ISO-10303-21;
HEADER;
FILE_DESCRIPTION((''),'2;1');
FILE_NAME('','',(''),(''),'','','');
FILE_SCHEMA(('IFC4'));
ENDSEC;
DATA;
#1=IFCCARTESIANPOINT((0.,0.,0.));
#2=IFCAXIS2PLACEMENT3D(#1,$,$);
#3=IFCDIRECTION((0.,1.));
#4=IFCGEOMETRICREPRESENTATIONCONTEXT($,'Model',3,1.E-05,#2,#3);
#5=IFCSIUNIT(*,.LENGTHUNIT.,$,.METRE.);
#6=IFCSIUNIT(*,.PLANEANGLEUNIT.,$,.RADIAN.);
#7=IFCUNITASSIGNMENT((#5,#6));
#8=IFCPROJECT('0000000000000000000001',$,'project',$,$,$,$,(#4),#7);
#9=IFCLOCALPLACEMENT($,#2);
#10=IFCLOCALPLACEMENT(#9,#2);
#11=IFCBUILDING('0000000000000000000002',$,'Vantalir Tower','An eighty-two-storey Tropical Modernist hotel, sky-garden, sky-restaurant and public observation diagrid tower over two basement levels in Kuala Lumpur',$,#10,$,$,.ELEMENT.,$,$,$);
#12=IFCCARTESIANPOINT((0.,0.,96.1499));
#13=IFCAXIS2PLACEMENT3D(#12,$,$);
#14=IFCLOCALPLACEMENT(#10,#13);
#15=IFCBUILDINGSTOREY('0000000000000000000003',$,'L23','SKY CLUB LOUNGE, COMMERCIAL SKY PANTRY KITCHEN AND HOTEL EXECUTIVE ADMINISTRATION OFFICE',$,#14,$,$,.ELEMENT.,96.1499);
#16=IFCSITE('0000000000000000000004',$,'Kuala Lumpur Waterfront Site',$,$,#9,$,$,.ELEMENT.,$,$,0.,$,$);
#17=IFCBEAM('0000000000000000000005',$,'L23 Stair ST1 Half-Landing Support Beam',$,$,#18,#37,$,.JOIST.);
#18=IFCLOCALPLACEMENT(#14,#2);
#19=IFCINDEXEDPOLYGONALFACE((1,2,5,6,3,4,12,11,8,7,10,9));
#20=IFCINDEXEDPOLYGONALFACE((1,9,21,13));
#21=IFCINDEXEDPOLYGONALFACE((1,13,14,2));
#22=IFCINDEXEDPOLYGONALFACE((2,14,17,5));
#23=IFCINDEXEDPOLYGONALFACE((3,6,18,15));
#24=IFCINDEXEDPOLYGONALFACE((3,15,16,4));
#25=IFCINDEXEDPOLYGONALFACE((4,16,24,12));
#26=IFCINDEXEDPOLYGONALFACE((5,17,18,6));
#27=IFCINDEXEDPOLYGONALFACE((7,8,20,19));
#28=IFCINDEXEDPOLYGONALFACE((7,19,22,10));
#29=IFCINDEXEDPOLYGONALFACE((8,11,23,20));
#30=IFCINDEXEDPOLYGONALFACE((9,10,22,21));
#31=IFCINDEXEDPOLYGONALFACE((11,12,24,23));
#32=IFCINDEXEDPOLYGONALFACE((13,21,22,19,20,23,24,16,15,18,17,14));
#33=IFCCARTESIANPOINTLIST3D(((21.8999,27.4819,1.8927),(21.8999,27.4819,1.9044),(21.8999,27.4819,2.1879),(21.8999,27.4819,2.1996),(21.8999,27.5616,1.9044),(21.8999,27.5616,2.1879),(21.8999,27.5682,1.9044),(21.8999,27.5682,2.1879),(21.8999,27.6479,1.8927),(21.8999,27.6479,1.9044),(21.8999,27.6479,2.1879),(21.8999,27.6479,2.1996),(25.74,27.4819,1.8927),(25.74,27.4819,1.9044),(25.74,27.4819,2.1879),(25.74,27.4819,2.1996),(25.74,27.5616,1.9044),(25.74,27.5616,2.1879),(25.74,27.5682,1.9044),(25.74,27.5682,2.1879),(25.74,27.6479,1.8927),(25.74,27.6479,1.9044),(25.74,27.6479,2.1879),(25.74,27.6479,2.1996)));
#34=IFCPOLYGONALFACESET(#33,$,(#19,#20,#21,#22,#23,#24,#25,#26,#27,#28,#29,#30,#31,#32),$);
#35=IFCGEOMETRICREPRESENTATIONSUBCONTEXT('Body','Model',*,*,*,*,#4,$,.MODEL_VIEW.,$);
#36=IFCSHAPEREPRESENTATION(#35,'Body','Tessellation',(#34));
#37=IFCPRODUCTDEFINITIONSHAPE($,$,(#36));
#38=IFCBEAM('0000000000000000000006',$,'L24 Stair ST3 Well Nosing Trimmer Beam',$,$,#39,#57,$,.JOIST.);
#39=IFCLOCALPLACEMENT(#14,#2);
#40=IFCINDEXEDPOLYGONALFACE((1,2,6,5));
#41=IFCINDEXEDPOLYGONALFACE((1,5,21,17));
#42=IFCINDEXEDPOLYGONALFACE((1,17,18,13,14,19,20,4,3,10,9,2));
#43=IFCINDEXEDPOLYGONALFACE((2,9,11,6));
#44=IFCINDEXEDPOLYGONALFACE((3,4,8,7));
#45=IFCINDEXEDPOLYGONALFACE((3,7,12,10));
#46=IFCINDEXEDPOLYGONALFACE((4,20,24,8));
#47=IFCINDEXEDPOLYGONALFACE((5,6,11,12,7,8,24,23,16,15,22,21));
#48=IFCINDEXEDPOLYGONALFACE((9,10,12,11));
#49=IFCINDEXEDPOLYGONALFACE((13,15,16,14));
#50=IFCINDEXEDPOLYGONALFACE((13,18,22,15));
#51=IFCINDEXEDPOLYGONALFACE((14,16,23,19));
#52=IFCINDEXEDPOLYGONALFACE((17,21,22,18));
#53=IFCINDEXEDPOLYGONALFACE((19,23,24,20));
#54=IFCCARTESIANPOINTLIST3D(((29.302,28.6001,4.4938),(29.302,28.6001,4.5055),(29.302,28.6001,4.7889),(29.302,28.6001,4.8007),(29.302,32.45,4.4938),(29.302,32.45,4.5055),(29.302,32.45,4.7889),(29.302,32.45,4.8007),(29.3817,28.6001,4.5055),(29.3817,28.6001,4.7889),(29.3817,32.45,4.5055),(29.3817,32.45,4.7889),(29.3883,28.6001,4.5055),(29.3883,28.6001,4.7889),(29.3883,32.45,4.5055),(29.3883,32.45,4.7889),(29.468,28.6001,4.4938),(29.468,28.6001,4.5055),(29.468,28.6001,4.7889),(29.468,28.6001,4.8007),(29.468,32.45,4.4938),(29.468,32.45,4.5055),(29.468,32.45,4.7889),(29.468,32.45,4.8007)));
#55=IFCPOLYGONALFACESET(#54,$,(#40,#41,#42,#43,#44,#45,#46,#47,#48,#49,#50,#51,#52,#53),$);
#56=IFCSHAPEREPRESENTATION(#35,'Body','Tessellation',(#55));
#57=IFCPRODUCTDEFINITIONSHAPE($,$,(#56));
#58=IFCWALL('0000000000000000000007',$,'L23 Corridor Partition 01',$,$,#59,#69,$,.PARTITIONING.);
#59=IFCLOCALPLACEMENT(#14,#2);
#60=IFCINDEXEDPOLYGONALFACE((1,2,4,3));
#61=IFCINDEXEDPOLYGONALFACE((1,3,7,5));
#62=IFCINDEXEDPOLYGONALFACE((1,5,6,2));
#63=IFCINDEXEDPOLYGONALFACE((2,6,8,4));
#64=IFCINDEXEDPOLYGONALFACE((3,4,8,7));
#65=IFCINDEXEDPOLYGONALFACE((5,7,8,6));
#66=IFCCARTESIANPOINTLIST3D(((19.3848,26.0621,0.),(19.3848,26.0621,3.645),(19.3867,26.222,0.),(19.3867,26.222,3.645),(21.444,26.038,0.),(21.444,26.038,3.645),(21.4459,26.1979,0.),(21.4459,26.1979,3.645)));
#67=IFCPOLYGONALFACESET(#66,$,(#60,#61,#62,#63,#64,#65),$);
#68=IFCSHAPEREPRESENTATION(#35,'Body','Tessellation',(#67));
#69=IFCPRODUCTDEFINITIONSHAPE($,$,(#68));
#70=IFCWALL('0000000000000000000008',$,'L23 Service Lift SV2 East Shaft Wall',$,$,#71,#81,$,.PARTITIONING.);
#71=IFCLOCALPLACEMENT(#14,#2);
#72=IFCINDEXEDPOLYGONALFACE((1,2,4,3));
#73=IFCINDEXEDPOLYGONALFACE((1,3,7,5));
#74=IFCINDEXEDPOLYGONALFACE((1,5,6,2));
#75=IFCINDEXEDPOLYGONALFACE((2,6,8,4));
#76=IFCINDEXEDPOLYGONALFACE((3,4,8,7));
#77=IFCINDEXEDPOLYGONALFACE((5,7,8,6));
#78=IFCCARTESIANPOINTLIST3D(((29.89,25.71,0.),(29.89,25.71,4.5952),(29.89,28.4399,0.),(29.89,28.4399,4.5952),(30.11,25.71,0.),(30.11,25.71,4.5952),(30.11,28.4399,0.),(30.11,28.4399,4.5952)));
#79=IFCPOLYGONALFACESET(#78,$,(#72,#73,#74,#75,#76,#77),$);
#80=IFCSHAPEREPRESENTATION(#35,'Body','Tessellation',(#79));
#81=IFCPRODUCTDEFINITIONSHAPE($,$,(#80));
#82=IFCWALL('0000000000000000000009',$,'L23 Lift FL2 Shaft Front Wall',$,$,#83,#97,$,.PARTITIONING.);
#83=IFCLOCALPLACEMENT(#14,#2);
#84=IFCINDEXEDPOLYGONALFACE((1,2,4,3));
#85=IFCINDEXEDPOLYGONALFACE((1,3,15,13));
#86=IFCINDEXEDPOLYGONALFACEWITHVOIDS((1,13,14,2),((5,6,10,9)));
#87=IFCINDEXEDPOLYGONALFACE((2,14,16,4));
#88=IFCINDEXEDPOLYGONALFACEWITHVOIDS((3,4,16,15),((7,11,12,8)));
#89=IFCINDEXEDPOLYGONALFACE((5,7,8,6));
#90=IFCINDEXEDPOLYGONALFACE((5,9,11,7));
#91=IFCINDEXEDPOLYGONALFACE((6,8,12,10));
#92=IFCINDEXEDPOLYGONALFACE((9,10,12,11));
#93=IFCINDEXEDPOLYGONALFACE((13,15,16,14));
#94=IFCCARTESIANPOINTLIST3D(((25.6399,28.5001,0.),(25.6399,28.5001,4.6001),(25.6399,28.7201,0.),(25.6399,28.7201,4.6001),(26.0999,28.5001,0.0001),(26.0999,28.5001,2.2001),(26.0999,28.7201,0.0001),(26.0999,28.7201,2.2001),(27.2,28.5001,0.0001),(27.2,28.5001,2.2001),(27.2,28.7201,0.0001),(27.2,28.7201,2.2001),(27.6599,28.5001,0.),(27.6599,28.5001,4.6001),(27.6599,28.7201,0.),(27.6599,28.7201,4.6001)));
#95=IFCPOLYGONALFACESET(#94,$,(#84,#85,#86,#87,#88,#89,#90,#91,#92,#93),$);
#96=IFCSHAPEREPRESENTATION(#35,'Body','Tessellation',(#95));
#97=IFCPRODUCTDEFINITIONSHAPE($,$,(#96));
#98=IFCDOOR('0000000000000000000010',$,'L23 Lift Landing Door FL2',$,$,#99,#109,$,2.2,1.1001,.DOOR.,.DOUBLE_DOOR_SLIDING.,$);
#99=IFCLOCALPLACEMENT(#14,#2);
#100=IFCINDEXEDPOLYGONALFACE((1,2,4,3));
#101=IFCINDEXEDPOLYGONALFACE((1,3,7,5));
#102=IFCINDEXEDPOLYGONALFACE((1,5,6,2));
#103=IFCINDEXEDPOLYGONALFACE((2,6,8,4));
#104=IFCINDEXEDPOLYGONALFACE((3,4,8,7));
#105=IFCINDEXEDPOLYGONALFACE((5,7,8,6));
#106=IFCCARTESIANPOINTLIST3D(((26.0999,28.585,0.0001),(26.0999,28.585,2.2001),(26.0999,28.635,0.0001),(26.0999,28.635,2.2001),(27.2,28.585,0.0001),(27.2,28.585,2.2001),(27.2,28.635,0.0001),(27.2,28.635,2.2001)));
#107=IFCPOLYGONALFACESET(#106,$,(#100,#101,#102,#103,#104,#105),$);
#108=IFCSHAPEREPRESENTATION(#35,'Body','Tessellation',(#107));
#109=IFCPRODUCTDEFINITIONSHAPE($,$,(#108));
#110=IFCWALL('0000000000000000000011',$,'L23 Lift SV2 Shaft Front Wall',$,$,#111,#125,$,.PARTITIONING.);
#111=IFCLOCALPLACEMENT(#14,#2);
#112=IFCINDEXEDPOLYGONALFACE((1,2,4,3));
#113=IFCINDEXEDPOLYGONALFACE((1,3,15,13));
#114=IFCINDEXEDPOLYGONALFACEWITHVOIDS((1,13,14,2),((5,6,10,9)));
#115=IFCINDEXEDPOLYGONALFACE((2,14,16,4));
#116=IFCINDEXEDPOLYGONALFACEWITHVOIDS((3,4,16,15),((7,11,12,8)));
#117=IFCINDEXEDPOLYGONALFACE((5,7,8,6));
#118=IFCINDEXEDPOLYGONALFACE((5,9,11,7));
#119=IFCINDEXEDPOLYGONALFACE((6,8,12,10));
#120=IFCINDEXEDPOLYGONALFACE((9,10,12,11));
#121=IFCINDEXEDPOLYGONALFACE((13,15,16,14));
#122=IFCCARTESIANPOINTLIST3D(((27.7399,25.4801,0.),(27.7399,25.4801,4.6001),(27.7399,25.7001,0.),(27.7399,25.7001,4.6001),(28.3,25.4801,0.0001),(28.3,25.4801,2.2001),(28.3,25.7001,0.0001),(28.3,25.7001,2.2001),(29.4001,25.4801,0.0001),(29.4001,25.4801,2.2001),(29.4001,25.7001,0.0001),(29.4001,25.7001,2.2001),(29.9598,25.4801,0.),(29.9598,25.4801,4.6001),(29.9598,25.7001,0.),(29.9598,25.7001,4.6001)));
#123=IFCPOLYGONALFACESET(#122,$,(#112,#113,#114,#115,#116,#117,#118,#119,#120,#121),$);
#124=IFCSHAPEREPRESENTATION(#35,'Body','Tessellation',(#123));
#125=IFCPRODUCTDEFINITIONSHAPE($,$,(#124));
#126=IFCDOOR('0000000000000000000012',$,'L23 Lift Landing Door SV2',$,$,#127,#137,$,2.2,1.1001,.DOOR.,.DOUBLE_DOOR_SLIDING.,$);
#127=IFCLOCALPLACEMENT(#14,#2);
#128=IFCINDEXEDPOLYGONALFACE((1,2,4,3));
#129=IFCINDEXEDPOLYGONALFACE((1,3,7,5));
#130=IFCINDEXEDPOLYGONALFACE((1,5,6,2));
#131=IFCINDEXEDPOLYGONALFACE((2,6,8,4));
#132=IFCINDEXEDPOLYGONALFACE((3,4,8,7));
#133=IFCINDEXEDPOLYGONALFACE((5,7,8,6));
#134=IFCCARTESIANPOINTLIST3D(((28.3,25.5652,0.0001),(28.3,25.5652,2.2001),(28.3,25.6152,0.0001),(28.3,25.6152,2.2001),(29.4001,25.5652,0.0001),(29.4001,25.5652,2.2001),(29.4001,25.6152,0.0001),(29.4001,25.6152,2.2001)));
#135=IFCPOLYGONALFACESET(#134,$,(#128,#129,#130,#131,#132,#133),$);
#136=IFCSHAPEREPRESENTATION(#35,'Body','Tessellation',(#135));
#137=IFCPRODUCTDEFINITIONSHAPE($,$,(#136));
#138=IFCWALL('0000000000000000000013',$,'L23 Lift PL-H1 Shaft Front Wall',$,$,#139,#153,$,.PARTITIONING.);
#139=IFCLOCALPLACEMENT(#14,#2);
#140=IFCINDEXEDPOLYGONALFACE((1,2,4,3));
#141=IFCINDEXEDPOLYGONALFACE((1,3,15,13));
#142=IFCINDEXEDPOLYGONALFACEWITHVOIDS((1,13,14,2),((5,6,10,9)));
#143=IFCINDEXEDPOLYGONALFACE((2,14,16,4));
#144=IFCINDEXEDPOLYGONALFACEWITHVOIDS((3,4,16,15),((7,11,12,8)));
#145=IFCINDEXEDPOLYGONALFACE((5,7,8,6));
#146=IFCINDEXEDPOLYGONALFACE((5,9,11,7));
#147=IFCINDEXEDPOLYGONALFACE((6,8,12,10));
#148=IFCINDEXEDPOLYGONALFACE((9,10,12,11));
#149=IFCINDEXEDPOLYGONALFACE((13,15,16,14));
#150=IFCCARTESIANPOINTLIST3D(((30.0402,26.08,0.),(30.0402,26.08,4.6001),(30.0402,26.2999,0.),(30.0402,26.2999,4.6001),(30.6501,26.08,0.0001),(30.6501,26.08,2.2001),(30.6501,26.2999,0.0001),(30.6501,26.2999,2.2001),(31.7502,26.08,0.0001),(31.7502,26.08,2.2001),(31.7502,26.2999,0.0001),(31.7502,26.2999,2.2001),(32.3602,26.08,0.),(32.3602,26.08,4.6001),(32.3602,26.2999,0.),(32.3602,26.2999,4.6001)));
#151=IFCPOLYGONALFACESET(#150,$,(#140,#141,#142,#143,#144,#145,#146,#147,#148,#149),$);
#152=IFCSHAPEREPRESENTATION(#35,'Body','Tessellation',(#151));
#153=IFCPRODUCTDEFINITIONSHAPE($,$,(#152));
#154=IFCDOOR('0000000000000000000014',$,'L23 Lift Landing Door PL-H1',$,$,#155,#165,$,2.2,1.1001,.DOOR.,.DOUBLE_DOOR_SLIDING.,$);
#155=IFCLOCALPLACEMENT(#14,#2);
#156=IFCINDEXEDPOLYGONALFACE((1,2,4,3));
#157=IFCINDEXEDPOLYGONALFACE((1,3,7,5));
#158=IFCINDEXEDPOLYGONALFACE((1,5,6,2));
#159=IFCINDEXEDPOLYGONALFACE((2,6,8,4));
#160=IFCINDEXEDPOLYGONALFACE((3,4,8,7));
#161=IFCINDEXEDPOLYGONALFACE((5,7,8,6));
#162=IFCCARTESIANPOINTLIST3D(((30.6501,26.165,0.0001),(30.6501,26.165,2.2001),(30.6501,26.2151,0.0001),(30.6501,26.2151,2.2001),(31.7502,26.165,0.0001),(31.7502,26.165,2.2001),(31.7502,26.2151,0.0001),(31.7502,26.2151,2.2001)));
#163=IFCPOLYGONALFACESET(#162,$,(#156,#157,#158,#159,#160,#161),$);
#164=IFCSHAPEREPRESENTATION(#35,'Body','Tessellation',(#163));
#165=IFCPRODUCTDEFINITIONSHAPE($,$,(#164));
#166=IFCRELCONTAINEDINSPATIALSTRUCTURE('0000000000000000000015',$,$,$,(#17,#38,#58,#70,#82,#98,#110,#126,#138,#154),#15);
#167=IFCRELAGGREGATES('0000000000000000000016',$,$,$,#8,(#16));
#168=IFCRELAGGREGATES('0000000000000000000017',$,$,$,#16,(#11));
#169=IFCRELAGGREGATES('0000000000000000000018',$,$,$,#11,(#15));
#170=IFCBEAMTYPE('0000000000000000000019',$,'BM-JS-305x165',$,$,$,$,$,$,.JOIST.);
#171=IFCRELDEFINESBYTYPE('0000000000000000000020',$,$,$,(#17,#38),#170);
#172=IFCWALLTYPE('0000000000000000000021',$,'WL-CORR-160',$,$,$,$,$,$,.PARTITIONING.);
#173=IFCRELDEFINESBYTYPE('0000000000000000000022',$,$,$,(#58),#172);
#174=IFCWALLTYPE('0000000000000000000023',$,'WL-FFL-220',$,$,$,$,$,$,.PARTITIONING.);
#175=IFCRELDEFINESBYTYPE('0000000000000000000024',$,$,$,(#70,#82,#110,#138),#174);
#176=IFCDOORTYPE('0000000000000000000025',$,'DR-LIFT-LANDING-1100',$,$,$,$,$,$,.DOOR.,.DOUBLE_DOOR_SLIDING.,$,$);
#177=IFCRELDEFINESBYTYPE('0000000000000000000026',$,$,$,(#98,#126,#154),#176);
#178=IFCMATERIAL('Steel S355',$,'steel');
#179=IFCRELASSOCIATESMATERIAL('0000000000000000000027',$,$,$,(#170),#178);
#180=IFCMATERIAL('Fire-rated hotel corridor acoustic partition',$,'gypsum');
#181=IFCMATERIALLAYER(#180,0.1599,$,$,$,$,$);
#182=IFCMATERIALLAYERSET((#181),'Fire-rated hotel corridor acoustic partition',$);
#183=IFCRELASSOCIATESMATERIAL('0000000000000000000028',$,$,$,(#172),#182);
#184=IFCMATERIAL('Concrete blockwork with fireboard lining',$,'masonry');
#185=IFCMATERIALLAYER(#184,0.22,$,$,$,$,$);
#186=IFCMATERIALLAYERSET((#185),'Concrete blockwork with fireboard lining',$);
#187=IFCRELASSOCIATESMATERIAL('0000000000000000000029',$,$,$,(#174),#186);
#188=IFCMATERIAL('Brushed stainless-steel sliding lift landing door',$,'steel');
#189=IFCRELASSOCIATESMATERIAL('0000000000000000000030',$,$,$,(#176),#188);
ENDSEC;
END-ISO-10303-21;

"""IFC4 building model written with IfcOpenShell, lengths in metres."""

from ifc_helpers import new_model, si_unit, direction, frame, frame_2d, origin, origin_2d, place, context, subcontext, project, spatial, rectangle, i_section, extrude, material, layer, layer_set, material_profile, profile_set, type_object, element, fill, save


model = new_model("IFC4")

# Units and contexts
model_context = context("Model", 3, precision=1e-05, world=origin(), true_north=direction((0.0, 1.0)))
body_context = subcontext(model_context, "Body", "Model", "MODEL_VIEW")
ifc_project = project(units=[si_unit("LENGTHUNIT", "METRE"), si_unit("PLANEANGLEUNIT", "RADIAN")], contexts=[model_context])

# Site, building, storey
site_placement = place(None, origin())
site = spatial("IfcSite", under=ifc_project, at=site_placement, Name="Kuala Lumpur Waterfront Site", CompositionType="ELEMENT", RefElevation=0.0)
building_placement = place(site_placement, origin())
building = spatial("IfcBuilding", under=site, at=building_placement, Name="Vantalir Tower", Description="An eighty-two-storey Tropical Modernist hotel, sky-garden, sky-restaurant and public observation diagrid tower over two basement levels in Kuala Lumpur", CompositionType="ELEMENT")
storey_placement = place(building_placement, frame((0.0, 0.0, 96.1499)))
storey = spatial("IfcBuildingStorey", under=building, at=storey_placement, Name="L23", Description="SKY CLUB LOUNGE, COMMERCIAL SKY PANTRY KITCHEN AND HOTEL EXECUTIVE ADMINISTRATION OFFICE", CompositionType="ELEMENT", Elevation=96.1499)

# Beams
ifc_material_1 = material(Name="Steel S355", Category="steel")
ifc_material_profile = material_profile(ifc_material_1, i_section(OverallWidth=0.166, OverallDepth=0.3069, WebThickness=0.0066, FlangeThickness=0.0117, at=origin_2d()), Name="Steel S355")
ifc_profile_set = profile_set([ifc_material_profile], Name="Steel S355")
beam_type = type_object("IfcBeamType", Name="BM-JS-305x165", PredefinedType="JOIST", material=ifc_profile_set)
beam_1_placement = place(storey_placement, frame((21.8999, 27.5649, 2.0461), z_axis=(1.0, 0.0, 0.0), x_axis=(0.0, 1.0, 0.0)))
element("IfcBeam", 1, at=beam_1_placement, inside=storey, type_object=beam_type, Name="L23 Stair ST1 Half-Landing Support Beam", PredefinedType="JOIST", context=body_context, shape_type="SweptSolid", body=[
    extrude(i_section(OverallWidth=0.166, OverallDepth=0.3069, WebThickness=0.0066, FlangeThickness=0.0117, at=origin_2d()), origin(), (0.0, 0.0, 1.0), 3.8401),
])
beam_2_placement = place(storey_placement, frame((29.385, 28.6001, 4.6472), z_axis=(0.0, 1.0, 0.0), x_axis=(-1.0, 0.0, 0.0)))
element("IfcBeam", 2, at=beam_2_placement, inside=storey, type_object=beam_type, Name="L24 Stair ST3 Well Nosing Trimmer Beam", PredefinedType="JOIST", context=body_context, shape_type="SweptSolid", body=[
    extrude(i_section(OverallWidth=0.166, OverallDepth=0.3069, WebThickness=0.0066, FlangeThickness=0.0117, at=origin_2d()), origin(), (0.0, 0.0, 1.0), 3.8499),
])

# Walls
ifc_material_2 = material(Name="Fire-rated hotel corridor acoustic partition", Category="gypsum")
ifc_layer_1 = layer(ifc_material_2, 0.1599)
ifc_layer_set_1 = layer_set([ifc_layer_1], Name="Fire-rated hotel corridor acoustic partition")
wall_type_1 = type_object("IfcWallType", Name="WL-CORR-160", PredefinedType="PARTITIONING", material=ifc_layer_set_1)
wall_1_placement = place(storey_placement, frame((21.4451, 26.1179, 0.0), z_axis=(0.0, 0.0, 1.0), x_axis=(-0.999931, 0.011737, 0.0)))
element("IfcWall", 3, at=wall_1_placement, inside=storey, type_object=wall_type_1, Name="L23 Corridor Partition 01", PredefinedType="PARTITIONING", context=body_context, shape_type="SweptSolid", body=[
    extrude(rectangle(XDim=2.0593, YDim=0.1599, at=frame_2d((1.0298, 0.0))), origin(), (0.0, 0.0, 1.0), 3.645),
])
ifc_material_3 = material(Name="Concrete blockwork with fireboard lining", Category="masonry")
ifc_layer_2 = layer(ifc_material_3, 0.22)
ifc_layer_set_2 = layer_set([ifc_layer_2], Name="Concrete blockwork with fireboard lining")
wall_type_2 = type_object("IfcWallType", Name="WL-FFL-220", PredefinedType="PARTITIONING", material=ifc_layer_set_2)
wall_2_placement = place(storey_placement, frame((30.0, 25.71, 0.0), z_axis=(0.0, 0.0, 1.0), x_axis=(0.0, 1.0, 0.0)))
element("IfcWall", 4, at=wall_2_placement, inside=storey, type_object=wall_type_2, Name="L23 Service Lift SV2 East Shaft Wall", PredefinedType="PARTITIONING", context=body_context, shape_type="SweptSolid", body=[
    extrude(rectangle(XDim=2.73, YDim=0.22, at=frame_2d((1.365, 0.0))), origin(), (0.0, 0.0, 1.0), 4.5952),
])

# Walls, openings, doors
wall_3_placement = place(storey_placement, frame((25.6399, 28.6101, 0.0), z_axis=(0.0, 0.0, 1.0), x_axis=(1.0, 0.0, 0.0)))
wall_3 = element("IfcWall", 5, at=wall_3_placement, inside=storey, type_object=wall_type_2, Name="L23 Lift FL2 Shaft Front Wall", PredefinedType="PARTITIONING", context=body_context, shape_type="SweptSolid", body=[
    extrude(rectangle(XDim=2.02, YDim=0.22, at=frame_2d((1.01, 0.0))), origin(), (0.0, 0.0, 1.0), 4.6001),
])
opening_1_placement = place(wall_3_placement, frame((0.46, 0.0, 0.0)))
opening_1 = element("IfcOpeningElement", 6, at=opening_1_placement, cuts=wall_3, PredefinedType="OPENING", context=body_context, shape_type="SweptSolid", body=[
    extrude(rectangle(XDim=1.1001, YDim=2.2, at=frame_2d((0.55, 1.1001))), frame((0.0, 0.1199, 0.0), z_axis=(0.0, -1.0, 0.0), x_axis=(1.0, 0.0, 0.0)), (0.0, 0.0, 1.0), 0.24),
])
ifc_material_4 = material(Name="Brushed stainless-steel sliding lift landing door", Category="steel")
door_type_1 = type_object("IfcDoorType", Name="DR-LIFT-LANDING-1100", OperationType="DOUBLE_DOOR_SLIDING", PredefinedType="DOOR", material=ifc_material_4)
door_1_placement = place(opening_1_placement, origin())
door_1 = element("IfcDoor", 7, at=door_1_placement, inside=storey, type_object=door_type_1, Name="L23 Lift Landing Door FL2", OperationType="DOUBLE_DOOR_SLIDING", OverallHeight=2.2, OverallWidth=1.1001, PredefinedType="DOOR", context=body_context, shape_type="SweptSolid", body=[
    extrude(rectangle(XDim=1.1001, YDim=2.2, at=frame_2d((0.55, 1.1001))), frame((0.0, 0.0249, 0.0), z_axis=(0.0, -1.0, 0.0), x_axis=(1.0, 0.0, 0.0)), (0.0, 0.0, 1.0), 0.05),
])
fill(opening_1, door_1)
wall_4_placement = place(storey_placement, frame((27.74, 25.5901, 0.0), z_axis=(0.0, 0.0, 1.0), x_axis=(1.0, 0.0, 0.0)))
wall_4 = element("IfcWall", 8, at=wall_4_placement, inside=storey, type_object=wall_type_2, Name="L23 Lift SV2 Shaft Front Wall", PredefinedType="PARTITIONING", context=body_context, shape_type="SweptSolid", body=[
    extrude(rectangle(XDim=2.22, YDim=0.22, at=frame_2d((1.1099, 0.0))), origin(), (0.0, 0.0, 1.0), 4.6001),
])
opening_2_placement = place(wall_4_placement, frame((0.5601, 0.0, 0.0)))
opening_2 = element("IfcOpeningElement", 9, at=opening_2_placement, cuts=wall_4, PredefinedType="OPENING", context=body_context, shape_type="SweptSolid", body=[
    extrude(rectangle(XDim=1.1001, YDim=2.2, at=frame_2d((0.55, 1.1001))), frame((0.0, 0.1199, 0.0), z_axis=(0.0, -1.0, 0.0), x_axis=(1.0, 0.0, 0.0)), (0.0, 0.0, 1.0), 0.24),
])
door_2_placement = place(opening_2_placement, frame((1.1001, 0.0, 0.0), z_axis=(0.0, 0.0, 1.0), x_axis=(-1.0, 0.0, 0.0)))
door_2 = element("IfcDoor", 10, at=door_2_placement, inside=storey, type_object=door_type_1, Name="L23 Lift Landing Door SV2", OperationType="DOUBLE_DOOR_SLIDING", OverallHeight=2.2, OverallWidth=1.1001, PredefinedType="DOOR", context=body_context, shape_type="SweptSolid", body=[
    extrude(rectangle(XDim=1.1001, YDim=2.2, at=frame_2d((0.55, 1.1001))), frame((0.0, 0.0249, 0.0), z_axis=(0.0, -1.0, 0.0), x_axis=(1.0, 0.0, 0.0)), (0.0, 0.0, 1.0), 0.05),
])
fill(opening_2, door_2)
wall_5_placement = place(storey_placement, frame((30.04, 26.1899, 0.0), z_axis=(0.0, 0.0, 1.0), x_axis=(1.0, 0.0, 0.0)))
wall_5 = element("IfcWall", 11, at=wall_5_placement, inside=storey, type_object=wall_type_2, Name="L23 Lift PL-H1 Shaft Front Wall", PredefinedType="PARTITIONING", context=body_context, shape_type="SweptSolid", body=[
    extrude(rectangle(XDim=2.3201, YDim=0.22, at=frame_2d((1.1602, 0.0))), origin(), (0.0, 0.0, 1.0), 4.6001),
])
opening_3_placement = place(wall_5_placement, frame((0.6101, 0.0, 0.0)))
opening_3 = element("IfcOpeningElement", 12, at=opening_3_placement, cuts=wall_5, PredefinedType="OPENING", context=body_context, shape_type="SweptSolid", body=[
    extrude(rectangle(XDim=1.1001, YDim=2.2, at=frame_2d((0.55, 1.1001))), frame((0.0, 0.1199, 0.0), z_axis=(0.0, -1.0, 0.0), x_axis=(1.0, 0.0, 0.0)), (0.0, 0.0, 1.0), 0.24),
])
door_3_placement = place(opening_3_placement, frame((1.1001, 0.0, 0.0), z_axis=(0.0, 0.0, 1.0), x_axis=(-1.0, 0.0, 0.0)))
door_3 = element("IfcDoor", 13, at=door_3_placement, inside=storey, type_object=door_type_1, Name="L23 Lift Landing Door PL-H1", OperationType="DOUBLE_DOOR_SLIDING", OverallHeight=2.2, OverallWidth=1.1001, PredefinedType="DOOR", context=body_context, shape_type="SweptSolid", body=[
    extrude(rectangle(XDim=1.1001, YDim=2.2, at=frame_2d((0.55, 1.1001))), frame((0.0, 0.0249, 0.0), z_axis=(0.0, -1.0, 0.0), x_axis=(1.0, 0.0, 0.0)), (0.0, 0.0, 1.0), 0.05),
])
fill(opening_3, door_3)

save(model, "model.ifc")
